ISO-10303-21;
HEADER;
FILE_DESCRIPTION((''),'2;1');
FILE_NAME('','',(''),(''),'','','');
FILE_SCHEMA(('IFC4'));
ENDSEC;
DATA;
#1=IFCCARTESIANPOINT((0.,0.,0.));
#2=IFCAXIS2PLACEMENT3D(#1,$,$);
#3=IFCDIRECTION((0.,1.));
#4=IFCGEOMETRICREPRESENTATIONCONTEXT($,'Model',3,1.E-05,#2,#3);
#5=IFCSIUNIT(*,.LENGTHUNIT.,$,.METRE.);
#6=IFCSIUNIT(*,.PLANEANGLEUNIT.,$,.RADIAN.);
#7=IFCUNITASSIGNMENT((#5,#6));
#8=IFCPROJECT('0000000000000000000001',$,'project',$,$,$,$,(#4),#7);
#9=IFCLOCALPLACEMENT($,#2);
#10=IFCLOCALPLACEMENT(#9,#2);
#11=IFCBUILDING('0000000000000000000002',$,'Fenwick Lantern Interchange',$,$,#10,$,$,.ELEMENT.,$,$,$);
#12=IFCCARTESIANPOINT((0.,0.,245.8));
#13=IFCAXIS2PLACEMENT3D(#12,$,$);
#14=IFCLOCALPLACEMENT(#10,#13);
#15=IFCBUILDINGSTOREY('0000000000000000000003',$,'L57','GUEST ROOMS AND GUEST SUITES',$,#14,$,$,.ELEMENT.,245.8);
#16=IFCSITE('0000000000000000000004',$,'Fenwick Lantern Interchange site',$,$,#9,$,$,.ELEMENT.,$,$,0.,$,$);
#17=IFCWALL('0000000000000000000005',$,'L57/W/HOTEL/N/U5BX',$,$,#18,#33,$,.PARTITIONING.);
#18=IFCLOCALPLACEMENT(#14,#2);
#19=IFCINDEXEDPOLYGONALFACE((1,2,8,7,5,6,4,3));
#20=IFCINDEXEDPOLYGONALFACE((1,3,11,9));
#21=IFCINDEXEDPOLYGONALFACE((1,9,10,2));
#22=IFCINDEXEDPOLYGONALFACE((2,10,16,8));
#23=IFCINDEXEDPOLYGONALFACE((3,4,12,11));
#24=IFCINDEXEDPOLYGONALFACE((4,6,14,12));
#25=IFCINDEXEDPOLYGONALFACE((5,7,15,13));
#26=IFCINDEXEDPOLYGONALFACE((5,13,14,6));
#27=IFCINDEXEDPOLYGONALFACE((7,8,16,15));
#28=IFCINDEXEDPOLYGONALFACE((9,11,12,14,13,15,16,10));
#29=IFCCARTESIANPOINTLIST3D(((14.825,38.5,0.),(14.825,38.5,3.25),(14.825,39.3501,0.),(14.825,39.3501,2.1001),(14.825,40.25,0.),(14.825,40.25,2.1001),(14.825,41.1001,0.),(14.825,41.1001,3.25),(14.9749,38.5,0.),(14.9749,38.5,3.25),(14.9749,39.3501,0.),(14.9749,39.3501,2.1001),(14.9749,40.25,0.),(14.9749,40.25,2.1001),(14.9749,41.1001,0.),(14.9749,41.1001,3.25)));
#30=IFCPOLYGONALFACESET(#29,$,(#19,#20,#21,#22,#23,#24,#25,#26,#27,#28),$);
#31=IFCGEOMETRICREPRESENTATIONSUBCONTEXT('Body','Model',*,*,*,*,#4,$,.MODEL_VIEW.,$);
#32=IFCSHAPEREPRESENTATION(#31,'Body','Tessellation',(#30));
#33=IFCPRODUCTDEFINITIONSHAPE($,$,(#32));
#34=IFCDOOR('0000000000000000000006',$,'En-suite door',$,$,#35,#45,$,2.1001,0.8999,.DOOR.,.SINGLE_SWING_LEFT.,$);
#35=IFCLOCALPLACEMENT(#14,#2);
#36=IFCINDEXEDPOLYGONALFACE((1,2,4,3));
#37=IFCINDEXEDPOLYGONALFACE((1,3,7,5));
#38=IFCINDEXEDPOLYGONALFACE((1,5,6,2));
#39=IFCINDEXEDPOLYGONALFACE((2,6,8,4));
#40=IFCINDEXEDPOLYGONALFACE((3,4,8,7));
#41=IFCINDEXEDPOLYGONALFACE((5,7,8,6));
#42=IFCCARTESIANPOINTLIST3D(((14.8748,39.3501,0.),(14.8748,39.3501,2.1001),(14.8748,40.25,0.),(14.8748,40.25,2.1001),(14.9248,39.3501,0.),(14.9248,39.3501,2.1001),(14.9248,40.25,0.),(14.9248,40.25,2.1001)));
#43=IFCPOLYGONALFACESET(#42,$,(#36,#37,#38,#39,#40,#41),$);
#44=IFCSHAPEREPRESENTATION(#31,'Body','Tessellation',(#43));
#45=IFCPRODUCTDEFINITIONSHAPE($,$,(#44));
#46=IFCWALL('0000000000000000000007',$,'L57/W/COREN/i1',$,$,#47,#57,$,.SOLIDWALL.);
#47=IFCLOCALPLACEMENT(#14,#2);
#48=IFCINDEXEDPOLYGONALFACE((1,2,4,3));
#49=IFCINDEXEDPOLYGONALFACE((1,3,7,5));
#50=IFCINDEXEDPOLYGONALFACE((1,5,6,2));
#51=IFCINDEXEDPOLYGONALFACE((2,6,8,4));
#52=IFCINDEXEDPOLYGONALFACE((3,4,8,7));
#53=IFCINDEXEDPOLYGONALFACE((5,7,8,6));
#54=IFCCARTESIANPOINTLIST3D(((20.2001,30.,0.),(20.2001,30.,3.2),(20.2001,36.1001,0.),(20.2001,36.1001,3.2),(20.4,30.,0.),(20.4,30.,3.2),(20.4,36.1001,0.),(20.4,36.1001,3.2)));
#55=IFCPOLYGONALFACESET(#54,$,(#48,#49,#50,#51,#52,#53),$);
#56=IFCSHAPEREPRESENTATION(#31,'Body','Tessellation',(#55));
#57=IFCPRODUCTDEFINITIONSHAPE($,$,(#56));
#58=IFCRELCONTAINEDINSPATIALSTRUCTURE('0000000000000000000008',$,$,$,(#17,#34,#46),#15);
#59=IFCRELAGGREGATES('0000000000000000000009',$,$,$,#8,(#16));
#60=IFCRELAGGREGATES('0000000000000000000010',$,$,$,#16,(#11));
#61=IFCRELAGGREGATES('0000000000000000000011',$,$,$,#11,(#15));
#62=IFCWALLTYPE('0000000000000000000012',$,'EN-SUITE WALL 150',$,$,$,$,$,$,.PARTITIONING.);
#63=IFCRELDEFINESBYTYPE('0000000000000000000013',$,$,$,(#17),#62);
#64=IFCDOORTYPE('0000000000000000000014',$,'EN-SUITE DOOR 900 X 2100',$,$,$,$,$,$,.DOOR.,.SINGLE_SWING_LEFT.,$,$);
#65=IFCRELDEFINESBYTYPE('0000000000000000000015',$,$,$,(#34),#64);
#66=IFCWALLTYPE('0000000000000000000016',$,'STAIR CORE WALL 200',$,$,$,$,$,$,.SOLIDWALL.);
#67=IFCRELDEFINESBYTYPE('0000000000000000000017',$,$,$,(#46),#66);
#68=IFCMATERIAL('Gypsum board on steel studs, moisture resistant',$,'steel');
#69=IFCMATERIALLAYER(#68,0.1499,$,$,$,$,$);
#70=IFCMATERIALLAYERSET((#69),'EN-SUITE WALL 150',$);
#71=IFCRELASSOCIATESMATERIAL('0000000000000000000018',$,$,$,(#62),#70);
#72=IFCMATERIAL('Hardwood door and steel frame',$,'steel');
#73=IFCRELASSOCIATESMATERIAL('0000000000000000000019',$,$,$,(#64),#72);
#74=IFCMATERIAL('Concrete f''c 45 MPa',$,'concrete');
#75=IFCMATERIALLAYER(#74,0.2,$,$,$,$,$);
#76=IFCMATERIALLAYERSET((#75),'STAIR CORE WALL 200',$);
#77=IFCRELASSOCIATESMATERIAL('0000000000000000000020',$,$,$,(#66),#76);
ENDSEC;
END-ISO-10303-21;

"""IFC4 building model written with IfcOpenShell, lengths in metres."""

from ifc_helpers import new_model, si_unit, direction, frame, frame_2d, origin, place, context, subcontext, project, spatial, rectangle, extrude, material, layer, layer_set, type_object, element, fill, save


model = new_model("IFC4")

# Units and contexts
model_context = context("Model", 3, precision=1e-05, world=origin(), true_north=direction((0.0, 1.0)))
body_context = subcontext(model_context, "Body", "Model", "MODEL_VIEW")
ifc_project = project(units=[si_unit("LENGTHUNIT", "METRE"), si_unit("PLANEANGLEUNIT", "RADIAN")], contexts=[model_context])

# Site, building, storey
site_placement = place(None, origin())
site = spatial("IfcSite", under=ifc_project, at=site_placement, Name="Fenwick Lantern Interchange site", CompositionType="ELEMENT", RefElevation=0.0)
building_placement = place(site_placement, origin())
building = spatial("IfcBuilding", under=site, at=building_placement, Name="Fenwick Lantern Interchange", CompositionType="ELEMENT")
storey_placement = place(building_placement, frame((0.0, 0.0, 245.8)))
storey = spatial("IfcBuildingStorey", under=building, at=storey_placement, Name="L57", Description="GUEST ROOMS AND GUEST SUITES", CompositionType="ELEMENT", Elevation=245.8)

# Shared definitions
ifc_material_1 = material(Name="Hardwood door and steel frame", Category="steel")

# Shared definitions
ifc_material_2 = material(Name="Gypsum board on steel studs, moisture resistant", Category="steel")
ifc_layer_1 = layer(ifc_material_2, 0.1499)
ifc_layer_set_1 = layer_set([ifc_layer_1], Name="EN-SUITE WALL 150")
wall_type_1 = type_object("IfcWallType", Name="EN-SUITE WALL 150", PredefinedType="PARTITIONING", material=ifc_layer_set_1)
door_type_1 = type_object("IfcDoorType", Name="EN-SUITE DOOR 900 X 2100", OperationType="SINGLE_SWING_LEFT", PredefinedType="DOOR", material=ifc_material_1)

# Wall, opening, door
wall_1_placement = place(storey_placement, frame((14.8999, 41.1001, 0.0), z_axis=(0.0, 0.0, 1.0), x_axis=(0.0, -1.0, 0.0)))
wall_1 = element("IfcWall", 1, at=wall_1_placement, inside=storey, type_object=wall_type_1, Name="L57/W/HOTEL/N/U5BX", PredefinedType="PARTITIONING", context=body_context, shape_type="SweptSolid", body=[
    extrude(rectangle(XDim=2.6001, YDim=0.1499, at=frame_2d((1.3, 0.0))), origin(), (0.0, 0.0, 1.0), 3.25),
])
opening_1_placement = place(wall_1_placement, frame((0.8501, 0.0, 0.0)))
opening_1 = element("IfcOpeningElement", 2, at=opening_1_placement, cuts=wall_1, PredefinedType="OPENING", context=body_context, shape_type="SweptSolid", body=[
    extrude(rectangle(XDim=0.8999, YDim=2.1001, at=frame_2d((0.45, 1.05))), frame((0.0, 0.085, 0.0), z_axis=(0.0, -1.0, 0.0), x_axis=(1.0, 0.0, 0.0)), (0.0, 0.0, 1.0), 0.1699),
])
door_1_placement = place(opening_1_placement, origin())
door_1 = element("IfcDoor", 3, at=door_1_placement, inside=storey, type_object=door_type_1, Name="En-suite door", OperationType="SINGLE_SWING_LEFT", OverallHeight=2.1001, OverallWidth=0.8999, PredefinedType="DOOR", context=body_context, shape_type="SweptSolid", body=[
    extrude(rectangle(XDim=0.8999, YDim=2.1001, at=frame_2d((0.45, 1.05))), frame((0.0, 0.0249, 0.0), z_axis=(0.0, -1.0, 0.0), x_axis=(1.0, 0.0, 0.0)), (0.0, 0.0, 1.0), 0.05),
])
fill(opening_1, door_1)

# Wall
ifc_material_3 = material(Name="Concrete f'c 45 MPa", Category="concrete")
ifc_layer_2 = layer(ifc_material_3, 0.2)
ifc_layer_set_2 = layer_set([ifc_layer_2], Name="STAIR CORE WALL 200")
wall_type_2 = type_object("IfcWallType", Name="STAIR CORE WALL 200", PredefinedType="SOLIDWALL", material=ifc_layer_set_2)
wall_2_placement = place(storey_placement, frame((20.3, 36.1001, 0.0), z_axis=(0.0, 0.0, 1.0), x_axis=(0.0, -1.0, 0.0)))
element("IfcWall", 4, at=wall_2_placement, inside=storey, type_object=wall_type_2, Name="L57/W/COREN/i1", PredefinedType="SOLIDWALL", context=body_context, shape_type="SweptSolid", body=[
    extrude(rectangle(XDim=6.1001, YDim=0.2, at=frame_2d((3.05, 0.0))), origin(), (0.0, 0.0, 1.0), 3.2),
])

save(model, "model.ifc")
